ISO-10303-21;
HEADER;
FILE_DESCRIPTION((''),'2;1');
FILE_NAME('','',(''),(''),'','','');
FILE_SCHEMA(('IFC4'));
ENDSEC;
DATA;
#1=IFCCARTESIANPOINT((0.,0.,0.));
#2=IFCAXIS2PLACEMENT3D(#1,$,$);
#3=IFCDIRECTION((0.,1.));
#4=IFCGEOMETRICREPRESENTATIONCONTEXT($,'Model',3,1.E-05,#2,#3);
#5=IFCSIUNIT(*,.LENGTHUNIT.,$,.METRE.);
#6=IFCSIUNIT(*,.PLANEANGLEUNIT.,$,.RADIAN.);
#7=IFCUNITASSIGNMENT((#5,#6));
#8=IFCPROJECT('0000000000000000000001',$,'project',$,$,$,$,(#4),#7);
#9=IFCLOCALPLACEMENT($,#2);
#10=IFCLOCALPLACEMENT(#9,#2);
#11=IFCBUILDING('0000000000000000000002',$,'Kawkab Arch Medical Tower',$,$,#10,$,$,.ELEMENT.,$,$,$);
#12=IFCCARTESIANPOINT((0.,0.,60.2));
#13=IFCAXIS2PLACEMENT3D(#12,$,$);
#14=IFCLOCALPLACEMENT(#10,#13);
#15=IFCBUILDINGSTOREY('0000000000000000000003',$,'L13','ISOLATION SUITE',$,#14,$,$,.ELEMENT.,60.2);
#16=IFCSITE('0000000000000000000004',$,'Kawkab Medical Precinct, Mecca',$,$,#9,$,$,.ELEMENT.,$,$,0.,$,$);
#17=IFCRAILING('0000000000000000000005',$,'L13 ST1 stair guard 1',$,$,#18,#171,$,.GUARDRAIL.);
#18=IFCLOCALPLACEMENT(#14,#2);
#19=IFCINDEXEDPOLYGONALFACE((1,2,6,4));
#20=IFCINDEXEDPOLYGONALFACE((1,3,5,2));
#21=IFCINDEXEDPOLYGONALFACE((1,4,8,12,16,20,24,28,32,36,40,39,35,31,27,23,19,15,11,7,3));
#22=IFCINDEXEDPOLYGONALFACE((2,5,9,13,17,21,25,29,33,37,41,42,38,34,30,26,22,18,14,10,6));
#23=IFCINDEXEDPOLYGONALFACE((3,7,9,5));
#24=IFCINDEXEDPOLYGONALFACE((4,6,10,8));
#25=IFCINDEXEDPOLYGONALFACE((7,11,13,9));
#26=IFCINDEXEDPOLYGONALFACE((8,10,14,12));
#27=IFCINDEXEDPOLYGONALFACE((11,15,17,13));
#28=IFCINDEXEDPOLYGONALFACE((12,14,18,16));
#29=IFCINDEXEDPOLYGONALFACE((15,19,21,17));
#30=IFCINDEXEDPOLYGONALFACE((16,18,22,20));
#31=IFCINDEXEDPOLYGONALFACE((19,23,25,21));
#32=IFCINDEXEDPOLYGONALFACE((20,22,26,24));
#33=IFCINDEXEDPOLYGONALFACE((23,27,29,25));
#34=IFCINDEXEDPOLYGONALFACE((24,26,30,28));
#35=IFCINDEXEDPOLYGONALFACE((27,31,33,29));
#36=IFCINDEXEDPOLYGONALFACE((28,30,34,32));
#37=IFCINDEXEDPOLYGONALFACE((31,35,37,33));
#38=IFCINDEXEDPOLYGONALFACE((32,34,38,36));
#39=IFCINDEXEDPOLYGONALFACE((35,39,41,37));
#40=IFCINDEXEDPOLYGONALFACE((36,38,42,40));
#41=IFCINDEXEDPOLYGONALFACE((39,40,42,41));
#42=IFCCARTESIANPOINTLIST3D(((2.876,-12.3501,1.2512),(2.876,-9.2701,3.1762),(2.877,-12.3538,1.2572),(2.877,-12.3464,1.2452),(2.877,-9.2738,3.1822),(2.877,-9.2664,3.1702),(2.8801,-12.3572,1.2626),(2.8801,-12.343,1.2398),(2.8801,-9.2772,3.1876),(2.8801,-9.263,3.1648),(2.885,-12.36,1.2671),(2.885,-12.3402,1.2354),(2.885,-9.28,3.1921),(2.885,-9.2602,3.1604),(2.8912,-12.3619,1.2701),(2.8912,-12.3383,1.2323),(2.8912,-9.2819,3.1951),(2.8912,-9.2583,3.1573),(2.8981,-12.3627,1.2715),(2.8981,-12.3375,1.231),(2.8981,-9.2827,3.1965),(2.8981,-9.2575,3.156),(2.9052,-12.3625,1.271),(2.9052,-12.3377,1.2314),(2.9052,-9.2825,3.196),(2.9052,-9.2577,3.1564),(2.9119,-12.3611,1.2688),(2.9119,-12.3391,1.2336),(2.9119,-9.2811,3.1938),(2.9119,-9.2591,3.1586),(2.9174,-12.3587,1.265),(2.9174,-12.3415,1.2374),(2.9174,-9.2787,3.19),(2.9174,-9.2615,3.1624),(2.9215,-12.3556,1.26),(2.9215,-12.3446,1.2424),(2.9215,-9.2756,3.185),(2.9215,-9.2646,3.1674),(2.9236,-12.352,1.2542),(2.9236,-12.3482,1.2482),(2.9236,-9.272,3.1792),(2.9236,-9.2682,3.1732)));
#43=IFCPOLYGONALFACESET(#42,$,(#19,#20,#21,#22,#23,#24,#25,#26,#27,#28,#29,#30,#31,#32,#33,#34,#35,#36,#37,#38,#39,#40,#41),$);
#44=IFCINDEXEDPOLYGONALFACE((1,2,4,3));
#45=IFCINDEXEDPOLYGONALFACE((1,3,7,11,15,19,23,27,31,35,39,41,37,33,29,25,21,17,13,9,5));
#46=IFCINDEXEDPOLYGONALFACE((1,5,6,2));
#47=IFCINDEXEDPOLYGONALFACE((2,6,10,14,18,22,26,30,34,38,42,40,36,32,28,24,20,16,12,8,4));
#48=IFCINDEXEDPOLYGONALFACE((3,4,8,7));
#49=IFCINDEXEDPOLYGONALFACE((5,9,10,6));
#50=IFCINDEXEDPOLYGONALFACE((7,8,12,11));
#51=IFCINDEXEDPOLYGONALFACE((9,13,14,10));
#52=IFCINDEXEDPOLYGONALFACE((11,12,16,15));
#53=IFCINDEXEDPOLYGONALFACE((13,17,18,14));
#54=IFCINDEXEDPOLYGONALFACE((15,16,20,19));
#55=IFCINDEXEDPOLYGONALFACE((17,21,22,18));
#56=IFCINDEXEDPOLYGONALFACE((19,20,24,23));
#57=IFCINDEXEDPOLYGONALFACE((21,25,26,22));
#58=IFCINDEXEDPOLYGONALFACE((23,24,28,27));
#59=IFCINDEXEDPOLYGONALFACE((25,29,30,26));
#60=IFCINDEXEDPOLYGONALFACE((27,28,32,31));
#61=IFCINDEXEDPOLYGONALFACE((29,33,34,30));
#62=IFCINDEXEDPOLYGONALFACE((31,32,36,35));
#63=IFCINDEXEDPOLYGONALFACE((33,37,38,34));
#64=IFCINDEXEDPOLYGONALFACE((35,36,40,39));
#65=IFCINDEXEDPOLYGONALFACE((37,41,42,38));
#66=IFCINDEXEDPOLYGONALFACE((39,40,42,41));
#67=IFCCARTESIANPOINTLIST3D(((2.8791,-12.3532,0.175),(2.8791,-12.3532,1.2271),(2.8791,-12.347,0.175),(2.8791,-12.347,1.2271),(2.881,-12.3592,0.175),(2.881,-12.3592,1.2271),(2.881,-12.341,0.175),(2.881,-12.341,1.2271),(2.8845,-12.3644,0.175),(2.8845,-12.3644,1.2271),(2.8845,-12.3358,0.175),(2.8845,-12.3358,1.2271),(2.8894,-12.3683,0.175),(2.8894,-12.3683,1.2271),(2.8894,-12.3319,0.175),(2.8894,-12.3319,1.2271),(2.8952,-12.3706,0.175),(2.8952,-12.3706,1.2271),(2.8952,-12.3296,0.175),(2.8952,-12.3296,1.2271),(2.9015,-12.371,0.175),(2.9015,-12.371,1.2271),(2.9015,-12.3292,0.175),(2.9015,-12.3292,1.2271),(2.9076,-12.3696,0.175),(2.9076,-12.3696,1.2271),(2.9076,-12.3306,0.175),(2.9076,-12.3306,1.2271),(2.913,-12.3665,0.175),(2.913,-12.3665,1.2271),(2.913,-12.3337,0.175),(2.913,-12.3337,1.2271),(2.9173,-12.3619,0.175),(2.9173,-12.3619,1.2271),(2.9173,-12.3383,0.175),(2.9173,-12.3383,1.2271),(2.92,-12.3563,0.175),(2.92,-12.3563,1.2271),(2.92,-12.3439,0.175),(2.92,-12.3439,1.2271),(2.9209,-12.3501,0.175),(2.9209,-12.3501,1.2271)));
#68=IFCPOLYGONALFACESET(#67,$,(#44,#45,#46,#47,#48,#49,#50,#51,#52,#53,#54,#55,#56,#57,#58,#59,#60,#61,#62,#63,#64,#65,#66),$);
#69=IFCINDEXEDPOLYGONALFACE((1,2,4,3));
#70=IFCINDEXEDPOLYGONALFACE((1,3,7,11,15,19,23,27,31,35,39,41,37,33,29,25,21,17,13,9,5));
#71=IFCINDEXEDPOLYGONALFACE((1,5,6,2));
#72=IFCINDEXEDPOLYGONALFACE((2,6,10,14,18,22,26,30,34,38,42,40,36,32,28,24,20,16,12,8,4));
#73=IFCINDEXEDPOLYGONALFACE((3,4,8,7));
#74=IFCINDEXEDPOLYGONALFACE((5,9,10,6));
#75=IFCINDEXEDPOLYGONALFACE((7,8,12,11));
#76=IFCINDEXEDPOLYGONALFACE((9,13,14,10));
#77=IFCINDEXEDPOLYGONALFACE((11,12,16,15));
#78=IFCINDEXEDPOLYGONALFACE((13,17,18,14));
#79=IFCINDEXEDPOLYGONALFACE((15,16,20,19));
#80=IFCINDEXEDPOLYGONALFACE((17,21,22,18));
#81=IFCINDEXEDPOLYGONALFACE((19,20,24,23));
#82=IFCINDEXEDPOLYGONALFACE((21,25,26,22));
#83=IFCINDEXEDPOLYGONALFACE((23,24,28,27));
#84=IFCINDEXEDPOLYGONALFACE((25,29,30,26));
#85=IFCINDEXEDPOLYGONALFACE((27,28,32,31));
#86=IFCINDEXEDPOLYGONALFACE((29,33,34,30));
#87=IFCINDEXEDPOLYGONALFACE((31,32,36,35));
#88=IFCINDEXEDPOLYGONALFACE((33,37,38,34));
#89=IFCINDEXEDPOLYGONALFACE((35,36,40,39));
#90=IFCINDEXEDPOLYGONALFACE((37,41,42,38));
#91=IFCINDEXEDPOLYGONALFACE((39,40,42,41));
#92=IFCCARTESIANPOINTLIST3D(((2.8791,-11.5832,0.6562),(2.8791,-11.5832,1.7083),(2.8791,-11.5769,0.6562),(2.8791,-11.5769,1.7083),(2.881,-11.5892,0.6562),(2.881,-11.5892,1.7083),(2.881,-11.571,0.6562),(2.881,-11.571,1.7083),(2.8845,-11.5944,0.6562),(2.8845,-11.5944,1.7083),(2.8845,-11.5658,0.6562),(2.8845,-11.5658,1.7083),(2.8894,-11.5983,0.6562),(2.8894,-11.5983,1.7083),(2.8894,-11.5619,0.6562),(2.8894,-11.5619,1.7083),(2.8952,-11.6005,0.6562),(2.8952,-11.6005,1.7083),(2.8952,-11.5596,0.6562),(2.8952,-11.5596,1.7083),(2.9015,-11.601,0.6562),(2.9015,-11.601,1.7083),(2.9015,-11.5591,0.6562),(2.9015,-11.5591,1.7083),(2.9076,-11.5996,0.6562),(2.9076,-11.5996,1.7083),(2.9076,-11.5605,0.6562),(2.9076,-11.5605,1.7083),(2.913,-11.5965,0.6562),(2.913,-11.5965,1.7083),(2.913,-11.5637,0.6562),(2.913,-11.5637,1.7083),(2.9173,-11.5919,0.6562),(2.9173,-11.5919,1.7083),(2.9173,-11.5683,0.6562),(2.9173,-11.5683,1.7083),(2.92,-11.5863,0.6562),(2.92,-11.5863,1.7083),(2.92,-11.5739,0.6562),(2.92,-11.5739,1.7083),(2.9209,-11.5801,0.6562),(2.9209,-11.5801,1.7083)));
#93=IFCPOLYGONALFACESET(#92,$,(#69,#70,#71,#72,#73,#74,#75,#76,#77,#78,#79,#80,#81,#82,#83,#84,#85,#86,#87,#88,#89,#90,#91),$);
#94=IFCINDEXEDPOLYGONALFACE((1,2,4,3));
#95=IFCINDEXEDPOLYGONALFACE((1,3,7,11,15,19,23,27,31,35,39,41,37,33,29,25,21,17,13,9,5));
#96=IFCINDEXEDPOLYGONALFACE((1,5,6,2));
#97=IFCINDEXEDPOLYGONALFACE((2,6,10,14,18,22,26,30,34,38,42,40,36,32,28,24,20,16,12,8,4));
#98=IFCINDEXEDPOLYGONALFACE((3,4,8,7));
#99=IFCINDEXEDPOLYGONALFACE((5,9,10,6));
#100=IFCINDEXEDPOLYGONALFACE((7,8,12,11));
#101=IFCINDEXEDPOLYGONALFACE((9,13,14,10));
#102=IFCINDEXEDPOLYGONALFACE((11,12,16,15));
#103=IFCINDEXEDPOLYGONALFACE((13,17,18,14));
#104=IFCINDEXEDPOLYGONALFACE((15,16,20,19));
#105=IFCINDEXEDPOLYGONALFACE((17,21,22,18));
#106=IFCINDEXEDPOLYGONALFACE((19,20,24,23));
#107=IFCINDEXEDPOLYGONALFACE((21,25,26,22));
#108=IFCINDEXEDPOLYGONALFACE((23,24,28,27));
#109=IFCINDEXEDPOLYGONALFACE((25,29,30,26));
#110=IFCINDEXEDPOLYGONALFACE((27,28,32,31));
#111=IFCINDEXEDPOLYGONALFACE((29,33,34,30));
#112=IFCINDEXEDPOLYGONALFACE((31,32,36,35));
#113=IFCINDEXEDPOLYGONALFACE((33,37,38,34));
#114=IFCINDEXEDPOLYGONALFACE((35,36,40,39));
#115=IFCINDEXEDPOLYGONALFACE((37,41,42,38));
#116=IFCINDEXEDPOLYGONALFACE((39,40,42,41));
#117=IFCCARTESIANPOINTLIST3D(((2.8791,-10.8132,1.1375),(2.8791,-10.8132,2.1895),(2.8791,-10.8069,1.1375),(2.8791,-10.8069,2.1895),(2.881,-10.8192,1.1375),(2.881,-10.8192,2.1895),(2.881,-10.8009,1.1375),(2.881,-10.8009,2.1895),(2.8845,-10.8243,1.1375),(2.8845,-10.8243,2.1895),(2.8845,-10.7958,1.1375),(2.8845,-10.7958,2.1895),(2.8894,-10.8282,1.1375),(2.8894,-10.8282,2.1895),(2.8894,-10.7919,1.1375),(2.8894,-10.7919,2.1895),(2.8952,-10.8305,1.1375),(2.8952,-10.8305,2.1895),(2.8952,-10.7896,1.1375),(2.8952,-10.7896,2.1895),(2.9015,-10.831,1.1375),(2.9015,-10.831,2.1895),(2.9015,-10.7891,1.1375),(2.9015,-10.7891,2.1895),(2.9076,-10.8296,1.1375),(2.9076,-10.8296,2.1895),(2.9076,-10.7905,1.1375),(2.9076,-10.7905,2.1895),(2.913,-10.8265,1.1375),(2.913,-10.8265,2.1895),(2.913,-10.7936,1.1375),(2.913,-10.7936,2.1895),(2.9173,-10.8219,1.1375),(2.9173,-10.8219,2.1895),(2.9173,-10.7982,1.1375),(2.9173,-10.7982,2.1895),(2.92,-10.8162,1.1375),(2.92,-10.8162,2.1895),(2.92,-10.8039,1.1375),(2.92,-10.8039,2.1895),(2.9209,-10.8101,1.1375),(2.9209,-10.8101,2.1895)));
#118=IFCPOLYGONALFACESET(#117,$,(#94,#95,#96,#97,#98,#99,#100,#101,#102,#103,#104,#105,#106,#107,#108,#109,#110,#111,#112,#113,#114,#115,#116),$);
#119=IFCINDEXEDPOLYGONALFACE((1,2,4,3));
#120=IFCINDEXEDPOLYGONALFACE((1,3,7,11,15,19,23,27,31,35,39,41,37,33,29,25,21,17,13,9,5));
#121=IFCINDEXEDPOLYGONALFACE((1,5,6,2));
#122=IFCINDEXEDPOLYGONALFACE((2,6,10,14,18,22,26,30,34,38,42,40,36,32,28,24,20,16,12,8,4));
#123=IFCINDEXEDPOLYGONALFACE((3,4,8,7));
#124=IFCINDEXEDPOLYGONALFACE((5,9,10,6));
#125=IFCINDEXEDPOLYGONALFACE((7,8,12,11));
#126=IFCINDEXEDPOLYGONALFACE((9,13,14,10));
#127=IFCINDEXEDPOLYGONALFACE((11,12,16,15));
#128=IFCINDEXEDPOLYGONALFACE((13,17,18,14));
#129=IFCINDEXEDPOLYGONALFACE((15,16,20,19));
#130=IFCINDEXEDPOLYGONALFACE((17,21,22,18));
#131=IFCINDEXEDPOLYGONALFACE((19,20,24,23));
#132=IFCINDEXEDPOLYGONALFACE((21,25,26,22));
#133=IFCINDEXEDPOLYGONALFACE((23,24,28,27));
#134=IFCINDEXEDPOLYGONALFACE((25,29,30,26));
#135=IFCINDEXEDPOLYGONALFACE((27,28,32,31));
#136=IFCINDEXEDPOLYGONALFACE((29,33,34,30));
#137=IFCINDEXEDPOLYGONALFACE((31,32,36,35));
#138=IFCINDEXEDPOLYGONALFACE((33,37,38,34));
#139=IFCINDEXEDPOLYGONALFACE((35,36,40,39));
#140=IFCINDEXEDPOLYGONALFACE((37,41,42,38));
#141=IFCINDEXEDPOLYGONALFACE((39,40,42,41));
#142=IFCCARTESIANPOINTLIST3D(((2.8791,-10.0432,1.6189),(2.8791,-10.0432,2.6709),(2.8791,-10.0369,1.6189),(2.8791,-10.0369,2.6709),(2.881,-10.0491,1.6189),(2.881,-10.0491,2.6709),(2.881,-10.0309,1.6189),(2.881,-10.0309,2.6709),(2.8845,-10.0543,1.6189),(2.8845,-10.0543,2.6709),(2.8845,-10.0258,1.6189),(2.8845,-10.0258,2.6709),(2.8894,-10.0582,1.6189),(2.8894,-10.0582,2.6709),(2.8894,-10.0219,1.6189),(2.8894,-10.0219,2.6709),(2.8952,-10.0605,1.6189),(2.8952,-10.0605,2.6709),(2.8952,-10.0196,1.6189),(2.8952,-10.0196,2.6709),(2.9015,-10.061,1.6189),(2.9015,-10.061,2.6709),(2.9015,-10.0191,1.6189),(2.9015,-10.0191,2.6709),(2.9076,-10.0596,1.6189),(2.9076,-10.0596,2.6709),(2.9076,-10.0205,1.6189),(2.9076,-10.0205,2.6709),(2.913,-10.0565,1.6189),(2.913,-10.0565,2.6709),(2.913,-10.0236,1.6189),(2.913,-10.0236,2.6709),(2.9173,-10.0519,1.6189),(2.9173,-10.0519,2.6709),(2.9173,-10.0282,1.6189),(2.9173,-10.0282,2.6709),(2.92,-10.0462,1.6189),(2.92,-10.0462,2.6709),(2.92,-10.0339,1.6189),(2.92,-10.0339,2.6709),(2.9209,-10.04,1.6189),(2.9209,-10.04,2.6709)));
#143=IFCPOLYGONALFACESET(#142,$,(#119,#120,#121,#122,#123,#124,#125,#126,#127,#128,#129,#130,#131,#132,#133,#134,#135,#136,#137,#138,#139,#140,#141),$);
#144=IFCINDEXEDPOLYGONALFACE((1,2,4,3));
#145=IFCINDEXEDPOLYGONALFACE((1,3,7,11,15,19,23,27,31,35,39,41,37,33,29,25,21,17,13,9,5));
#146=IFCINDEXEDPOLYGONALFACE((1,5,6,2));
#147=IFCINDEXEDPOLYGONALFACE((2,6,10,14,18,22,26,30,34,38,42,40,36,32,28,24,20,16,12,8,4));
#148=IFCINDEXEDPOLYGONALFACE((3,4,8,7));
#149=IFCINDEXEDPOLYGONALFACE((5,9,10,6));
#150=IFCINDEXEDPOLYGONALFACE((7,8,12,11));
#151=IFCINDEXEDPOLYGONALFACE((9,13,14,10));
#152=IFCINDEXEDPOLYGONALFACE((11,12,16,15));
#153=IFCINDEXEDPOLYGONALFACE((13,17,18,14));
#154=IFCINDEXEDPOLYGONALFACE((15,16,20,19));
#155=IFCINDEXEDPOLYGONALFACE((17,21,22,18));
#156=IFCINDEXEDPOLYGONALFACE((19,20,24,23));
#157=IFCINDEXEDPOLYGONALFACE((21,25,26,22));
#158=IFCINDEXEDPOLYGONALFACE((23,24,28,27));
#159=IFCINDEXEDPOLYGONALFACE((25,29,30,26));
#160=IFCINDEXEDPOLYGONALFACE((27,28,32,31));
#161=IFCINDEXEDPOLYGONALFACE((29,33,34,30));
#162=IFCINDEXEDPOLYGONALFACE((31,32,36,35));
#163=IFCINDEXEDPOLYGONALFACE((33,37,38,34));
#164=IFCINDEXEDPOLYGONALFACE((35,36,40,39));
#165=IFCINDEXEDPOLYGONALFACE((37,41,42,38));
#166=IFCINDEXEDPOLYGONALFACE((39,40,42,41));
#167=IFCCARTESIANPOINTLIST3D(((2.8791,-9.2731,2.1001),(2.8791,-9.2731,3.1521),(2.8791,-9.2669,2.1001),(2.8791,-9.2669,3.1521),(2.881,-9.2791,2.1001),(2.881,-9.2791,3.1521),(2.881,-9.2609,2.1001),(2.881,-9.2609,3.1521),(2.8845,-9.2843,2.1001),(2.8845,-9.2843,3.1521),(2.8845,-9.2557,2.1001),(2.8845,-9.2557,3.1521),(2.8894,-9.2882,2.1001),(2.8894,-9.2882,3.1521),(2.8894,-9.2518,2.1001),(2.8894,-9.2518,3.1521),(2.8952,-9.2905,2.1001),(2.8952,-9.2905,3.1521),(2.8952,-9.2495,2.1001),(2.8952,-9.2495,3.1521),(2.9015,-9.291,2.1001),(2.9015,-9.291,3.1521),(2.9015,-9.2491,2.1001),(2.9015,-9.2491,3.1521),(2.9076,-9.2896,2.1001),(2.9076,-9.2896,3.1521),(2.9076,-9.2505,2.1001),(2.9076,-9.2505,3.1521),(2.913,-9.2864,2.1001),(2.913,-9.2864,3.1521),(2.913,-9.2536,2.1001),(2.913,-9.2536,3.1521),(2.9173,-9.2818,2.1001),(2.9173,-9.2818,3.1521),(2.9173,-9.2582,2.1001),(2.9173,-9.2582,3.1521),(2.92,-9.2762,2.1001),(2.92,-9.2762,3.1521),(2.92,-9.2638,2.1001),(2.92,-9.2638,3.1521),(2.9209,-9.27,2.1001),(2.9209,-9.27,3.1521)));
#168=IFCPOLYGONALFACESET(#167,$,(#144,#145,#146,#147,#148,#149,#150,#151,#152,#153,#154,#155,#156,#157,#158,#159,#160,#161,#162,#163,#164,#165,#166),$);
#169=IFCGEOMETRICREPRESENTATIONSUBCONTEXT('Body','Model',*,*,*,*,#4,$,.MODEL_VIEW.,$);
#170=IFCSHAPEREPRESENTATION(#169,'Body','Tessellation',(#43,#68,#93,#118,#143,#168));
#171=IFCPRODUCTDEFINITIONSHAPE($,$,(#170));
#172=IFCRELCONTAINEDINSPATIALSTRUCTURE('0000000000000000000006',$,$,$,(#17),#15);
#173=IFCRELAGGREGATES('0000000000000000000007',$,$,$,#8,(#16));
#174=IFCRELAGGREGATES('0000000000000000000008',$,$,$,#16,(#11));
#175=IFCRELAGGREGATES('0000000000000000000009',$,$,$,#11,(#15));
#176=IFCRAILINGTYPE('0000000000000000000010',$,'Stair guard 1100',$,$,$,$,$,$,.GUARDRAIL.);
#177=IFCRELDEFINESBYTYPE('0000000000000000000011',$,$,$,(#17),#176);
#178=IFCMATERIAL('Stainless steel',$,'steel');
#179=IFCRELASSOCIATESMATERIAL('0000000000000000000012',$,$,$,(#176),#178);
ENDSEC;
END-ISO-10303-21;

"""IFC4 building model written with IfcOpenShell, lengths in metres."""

from ifc_helpers import new_model, si_unit, direction, frame, origin, origin_2d, place, context, subcontext, project, spatial, circle, extrude, material, type_object, element, save


model = new_model("IFC4")

# Units and contexts
model_context = context("Model", 3, precision=1e-05, world=origin(), true_north=direction((0.0, 1.0)))
body_context = subcontext(model_context, "Body", "Model", "MODEL_VIEW")
ifc_project = project(units=[si_unit("LENGTHUNIT", "METRE"), si_unit("PLANEANGLEUNIT", "RADIAN")], contexts=[model_context])

# Site, building, storey
site_placement = place(None, origin())
site = spatial("IfcSite", under=ifc_project, at=site_placement, Name="Kawkab Medical Precinct, Mecca", CompositionType="ELEMENT", RefElevation=0.0)
building_placement = place(site_placement, origin())
building = spatial("IfcBuilding", under=site, at=building_placement, Name="Kawkab Arch Medical Tower", CompositionType="ELEMENT")
storey_placement = place(building_placement, frame((0.0, 0.0, 60.2)))
storey = spatial("IfcBuildingStorey", under=building, at=storey_placement, Name="L13", Description="ISOLATION SUITE", CompositionType="ELEMENT", Elevation=60.2)

# Railing
ifc_material_1 = material(Name="Stainless steel", Category="steel")
railing_type = type_object("IfcRailingType", Name="Stair guard 1100", PredefinedType="GUARDRAIL", material=ifc_material_1)
railing_placement = place(storey_placement, frame((2.8999, -12.3501, 0.175)))
element("IfcRailing", 1, at=railing_placement, inside=storey, type_object=railing_type, Name="L13 ST1 stair guard 1", PredefinedType="GUARDRAIL", context=body_context, shape_type="SweptSolid", body=[
    extrude(circle(Radius=0.0239, at=origin_2d()), frame((0.0, 0.0, 1.0762), z_axis=(0.0, 0.847998, 0.529999), x_axis=(-1.0, 0.0, 0.0)), (0.0, 0.0, 1.0), 3.6321),
    extrude(circle(Radius=0.021, at=origin_2d()), origin(), (0.0, 0.0, 1.0), 1.052),
    extrude(circle(Radius=0.021, at=origin_2d()), frame((0.0, 0.77, 0.4812)), (0.0, 0.0, 1.0), 1.052),
    extrude(circle(Radius=0.021, at=origin_2d()), frame((0.0, 1.54, 0.9624)), (0.0, 0.0, 1.0), 1.052),
    extrude(circle(Radius=0.021, at=origin_2d()), frame((0.0, 2.3101, 1.4438)), (0.0, 0.0, 1.0), 1.052),
    extrude(circle(Radius=0.021, at=origin_2d()), frame((0.0, 3.0801, 1.925)), (0.0, 0.0, 1.0), 1.052),
])

save(model, "model.ifc")
